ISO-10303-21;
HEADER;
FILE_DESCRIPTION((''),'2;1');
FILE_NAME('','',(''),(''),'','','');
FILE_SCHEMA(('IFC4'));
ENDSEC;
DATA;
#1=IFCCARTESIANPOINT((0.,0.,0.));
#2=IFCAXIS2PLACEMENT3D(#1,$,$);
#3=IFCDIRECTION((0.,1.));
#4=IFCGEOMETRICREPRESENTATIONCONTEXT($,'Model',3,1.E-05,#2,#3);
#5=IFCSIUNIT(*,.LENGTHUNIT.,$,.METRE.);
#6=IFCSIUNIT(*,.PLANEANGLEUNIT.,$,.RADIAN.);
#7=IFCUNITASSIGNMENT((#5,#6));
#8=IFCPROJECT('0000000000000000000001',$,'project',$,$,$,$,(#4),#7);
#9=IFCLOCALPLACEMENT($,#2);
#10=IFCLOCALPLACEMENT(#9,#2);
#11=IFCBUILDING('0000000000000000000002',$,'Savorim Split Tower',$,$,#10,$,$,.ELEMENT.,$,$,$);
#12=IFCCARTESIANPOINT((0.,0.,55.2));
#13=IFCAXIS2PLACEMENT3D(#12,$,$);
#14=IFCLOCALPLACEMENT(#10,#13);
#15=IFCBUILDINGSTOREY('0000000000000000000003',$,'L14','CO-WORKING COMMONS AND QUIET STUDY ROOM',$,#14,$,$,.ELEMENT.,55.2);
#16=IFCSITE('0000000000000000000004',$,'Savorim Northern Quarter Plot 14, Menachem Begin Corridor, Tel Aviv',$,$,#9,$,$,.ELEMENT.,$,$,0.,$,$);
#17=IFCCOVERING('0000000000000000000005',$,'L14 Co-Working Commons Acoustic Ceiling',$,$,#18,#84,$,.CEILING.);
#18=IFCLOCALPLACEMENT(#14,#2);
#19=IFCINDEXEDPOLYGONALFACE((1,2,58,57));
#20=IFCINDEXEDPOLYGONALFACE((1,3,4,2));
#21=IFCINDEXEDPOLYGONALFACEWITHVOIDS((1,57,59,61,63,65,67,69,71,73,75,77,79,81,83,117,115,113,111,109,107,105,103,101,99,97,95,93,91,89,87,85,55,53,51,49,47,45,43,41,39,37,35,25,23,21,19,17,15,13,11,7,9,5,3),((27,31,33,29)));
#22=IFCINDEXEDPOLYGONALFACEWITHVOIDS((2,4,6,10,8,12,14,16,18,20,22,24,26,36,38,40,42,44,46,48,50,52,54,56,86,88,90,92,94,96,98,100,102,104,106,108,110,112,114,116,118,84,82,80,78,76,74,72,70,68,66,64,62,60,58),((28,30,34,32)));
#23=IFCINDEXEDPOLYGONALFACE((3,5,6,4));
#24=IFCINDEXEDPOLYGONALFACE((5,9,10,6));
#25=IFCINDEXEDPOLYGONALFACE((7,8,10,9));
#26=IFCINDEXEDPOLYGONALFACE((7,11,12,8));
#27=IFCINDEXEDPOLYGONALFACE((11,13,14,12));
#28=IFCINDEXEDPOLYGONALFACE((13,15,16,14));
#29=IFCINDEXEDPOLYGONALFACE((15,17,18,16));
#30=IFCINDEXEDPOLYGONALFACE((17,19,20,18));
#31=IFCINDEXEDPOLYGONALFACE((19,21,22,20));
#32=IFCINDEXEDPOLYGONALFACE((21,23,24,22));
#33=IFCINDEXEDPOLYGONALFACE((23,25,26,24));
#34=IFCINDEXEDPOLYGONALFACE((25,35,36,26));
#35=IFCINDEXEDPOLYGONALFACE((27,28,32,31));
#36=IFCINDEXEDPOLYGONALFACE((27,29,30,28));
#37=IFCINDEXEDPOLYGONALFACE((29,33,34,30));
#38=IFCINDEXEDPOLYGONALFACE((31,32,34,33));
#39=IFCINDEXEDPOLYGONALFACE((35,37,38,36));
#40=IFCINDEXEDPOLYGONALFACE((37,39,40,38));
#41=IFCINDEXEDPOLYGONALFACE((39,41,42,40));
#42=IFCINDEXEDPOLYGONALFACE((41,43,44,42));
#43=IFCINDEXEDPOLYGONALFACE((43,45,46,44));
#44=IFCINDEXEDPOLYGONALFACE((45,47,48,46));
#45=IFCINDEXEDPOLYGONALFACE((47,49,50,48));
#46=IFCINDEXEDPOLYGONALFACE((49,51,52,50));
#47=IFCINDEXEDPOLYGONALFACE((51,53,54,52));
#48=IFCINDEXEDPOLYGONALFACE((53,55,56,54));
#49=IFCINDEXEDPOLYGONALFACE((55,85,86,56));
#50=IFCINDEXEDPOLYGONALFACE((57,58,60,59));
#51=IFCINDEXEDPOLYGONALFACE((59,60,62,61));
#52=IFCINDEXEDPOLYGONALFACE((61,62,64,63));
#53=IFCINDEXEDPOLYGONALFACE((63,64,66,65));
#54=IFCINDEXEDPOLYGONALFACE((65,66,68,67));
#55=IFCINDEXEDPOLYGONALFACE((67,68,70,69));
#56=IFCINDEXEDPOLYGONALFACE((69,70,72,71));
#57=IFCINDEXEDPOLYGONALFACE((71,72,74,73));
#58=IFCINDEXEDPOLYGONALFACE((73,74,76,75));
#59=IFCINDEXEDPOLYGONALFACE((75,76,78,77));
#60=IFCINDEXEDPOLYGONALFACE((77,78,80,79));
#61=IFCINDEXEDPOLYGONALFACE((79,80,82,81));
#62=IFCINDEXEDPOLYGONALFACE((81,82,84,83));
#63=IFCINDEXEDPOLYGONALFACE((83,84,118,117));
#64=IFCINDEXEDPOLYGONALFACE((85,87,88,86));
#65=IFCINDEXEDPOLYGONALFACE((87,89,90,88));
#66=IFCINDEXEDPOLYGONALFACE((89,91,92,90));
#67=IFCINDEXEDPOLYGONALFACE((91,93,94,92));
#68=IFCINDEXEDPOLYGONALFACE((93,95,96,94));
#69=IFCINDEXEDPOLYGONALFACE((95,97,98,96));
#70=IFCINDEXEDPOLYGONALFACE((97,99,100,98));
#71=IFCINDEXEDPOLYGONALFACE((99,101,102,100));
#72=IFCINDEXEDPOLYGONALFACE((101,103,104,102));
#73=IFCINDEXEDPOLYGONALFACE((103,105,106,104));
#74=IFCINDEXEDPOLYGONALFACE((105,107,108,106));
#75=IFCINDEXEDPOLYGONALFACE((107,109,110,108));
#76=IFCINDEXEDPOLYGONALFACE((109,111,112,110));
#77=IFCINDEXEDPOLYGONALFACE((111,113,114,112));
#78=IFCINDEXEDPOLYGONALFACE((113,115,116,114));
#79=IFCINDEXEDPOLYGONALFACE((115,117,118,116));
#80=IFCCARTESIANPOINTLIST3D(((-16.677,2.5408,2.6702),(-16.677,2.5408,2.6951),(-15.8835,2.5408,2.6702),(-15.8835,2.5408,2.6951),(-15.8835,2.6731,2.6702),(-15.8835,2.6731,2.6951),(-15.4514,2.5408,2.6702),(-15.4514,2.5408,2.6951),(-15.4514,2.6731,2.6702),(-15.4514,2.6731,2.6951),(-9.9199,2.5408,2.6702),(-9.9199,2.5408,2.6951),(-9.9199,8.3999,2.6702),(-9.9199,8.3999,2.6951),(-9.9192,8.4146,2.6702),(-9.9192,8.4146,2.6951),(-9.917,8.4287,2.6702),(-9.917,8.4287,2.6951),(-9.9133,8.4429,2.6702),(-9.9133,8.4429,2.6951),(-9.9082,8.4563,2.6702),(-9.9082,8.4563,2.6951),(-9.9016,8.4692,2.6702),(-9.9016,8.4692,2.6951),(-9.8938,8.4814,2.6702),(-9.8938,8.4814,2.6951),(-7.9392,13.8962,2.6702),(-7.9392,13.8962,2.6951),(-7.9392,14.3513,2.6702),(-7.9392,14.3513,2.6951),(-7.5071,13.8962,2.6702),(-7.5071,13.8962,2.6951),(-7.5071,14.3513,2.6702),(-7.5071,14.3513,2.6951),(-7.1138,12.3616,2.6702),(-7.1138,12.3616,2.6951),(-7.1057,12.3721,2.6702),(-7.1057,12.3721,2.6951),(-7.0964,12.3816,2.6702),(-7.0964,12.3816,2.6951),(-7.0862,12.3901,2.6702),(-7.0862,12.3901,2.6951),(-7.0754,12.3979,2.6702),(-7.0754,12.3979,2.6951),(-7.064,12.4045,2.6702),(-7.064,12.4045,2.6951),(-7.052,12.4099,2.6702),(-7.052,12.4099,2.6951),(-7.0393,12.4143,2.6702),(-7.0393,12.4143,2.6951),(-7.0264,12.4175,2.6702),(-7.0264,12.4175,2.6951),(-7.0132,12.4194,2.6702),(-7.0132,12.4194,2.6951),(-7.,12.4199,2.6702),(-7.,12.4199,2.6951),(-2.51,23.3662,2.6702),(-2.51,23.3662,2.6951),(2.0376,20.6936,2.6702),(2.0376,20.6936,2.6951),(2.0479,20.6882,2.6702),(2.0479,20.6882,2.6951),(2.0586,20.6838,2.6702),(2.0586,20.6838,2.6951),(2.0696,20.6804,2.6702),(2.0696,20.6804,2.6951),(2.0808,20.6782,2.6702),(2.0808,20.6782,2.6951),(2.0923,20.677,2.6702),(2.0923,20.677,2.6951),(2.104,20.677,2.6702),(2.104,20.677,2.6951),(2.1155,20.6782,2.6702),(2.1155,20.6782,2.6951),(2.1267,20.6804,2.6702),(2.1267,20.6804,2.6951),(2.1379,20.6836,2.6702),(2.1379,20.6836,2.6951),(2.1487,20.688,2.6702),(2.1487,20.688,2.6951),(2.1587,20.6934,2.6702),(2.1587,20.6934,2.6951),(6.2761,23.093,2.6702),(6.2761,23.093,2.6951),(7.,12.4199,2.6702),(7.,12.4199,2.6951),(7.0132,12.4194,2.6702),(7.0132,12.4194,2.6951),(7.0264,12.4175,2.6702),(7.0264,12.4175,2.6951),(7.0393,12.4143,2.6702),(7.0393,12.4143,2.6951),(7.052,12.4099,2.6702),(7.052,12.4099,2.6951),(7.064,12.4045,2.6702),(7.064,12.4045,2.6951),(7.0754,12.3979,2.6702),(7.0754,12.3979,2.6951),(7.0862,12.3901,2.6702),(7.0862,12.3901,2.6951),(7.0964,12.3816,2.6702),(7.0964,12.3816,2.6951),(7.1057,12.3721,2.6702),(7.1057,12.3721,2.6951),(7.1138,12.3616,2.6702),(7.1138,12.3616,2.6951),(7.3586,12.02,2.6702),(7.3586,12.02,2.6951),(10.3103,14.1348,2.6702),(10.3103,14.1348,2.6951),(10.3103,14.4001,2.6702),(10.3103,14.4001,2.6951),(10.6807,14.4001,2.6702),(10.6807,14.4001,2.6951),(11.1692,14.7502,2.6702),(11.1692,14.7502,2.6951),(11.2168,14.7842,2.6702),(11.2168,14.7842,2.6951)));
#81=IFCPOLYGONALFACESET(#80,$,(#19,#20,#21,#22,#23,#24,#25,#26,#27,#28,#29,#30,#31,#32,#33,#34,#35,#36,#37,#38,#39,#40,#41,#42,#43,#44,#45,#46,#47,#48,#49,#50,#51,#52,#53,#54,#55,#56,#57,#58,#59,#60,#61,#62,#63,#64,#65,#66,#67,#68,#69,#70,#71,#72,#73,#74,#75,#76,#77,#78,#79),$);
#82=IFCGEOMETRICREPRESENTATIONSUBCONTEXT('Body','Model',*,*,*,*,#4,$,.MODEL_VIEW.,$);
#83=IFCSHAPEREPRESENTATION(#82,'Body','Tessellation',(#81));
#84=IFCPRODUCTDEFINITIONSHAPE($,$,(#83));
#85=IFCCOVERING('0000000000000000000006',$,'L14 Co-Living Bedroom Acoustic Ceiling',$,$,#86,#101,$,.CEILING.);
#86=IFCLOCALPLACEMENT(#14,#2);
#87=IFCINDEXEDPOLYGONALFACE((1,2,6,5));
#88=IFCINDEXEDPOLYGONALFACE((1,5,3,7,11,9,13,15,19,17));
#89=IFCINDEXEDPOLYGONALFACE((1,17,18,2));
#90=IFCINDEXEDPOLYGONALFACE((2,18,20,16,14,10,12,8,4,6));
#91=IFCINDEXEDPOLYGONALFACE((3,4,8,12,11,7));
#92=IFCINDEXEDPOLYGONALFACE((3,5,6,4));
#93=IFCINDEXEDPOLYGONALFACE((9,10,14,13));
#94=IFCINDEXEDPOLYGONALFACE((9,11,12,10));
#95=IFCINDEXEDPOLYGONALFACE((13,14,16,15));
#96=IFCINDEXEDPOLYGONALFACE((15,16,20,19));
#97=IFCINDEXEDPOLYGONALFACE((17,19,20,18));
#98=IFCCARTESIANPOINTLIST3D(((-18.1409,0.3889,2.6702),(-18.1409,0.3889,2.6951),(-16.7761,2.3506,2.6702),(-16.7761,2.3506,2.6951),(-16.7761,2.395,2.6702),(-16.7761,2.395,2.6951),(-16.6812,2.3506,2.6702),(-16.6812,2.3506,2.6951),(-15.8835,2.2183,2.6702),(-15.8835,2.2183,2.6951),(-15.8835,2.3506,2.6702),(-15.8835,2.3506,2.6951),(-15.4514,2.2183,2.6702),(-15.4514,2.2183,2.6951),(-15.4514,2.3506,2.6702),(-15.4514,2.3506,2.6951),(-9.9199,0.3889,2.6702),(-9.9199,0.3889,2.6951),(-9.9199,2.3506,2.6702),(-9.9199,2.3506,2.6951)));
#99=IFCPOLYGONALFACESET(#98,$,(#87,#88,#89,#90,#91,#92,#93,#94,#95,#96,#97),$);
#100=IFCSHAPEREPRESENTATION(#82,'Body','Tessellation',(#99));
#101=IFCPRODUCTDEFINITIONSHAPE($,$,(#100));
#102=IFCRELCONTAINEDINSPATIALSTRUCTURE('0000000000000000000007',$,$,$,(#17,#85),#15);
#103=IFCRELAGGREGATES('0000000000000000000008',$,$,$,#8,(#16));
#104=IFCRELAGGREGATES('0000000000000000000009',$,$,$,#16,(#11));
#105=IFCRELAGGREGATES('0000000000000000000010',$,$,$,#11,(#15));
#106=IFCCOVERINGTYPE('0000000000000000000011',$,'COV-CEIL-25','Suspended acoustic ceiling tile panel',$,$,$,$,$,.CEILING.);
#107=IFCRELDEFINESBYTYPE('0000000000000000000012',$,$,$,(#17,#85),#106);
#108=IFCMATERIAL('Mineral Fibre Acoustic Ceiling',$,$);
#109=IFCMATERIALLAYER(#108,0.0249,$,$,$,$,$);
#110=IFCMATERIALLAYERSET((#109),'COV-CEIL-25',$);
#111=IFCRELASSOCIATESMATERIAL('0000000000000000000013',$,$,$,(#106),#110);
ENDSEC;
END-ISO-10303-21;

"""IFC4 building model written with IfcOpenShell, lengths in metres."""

from ifc_helpers import new_model, si_unit, direction, frame, origin, place, context, subcontext, project, spatial, polyline, outline, extrude, material, layer, layer_set, type_object, element, save


model = new_model("IFC4")

# Units and contexts
model_context = context("Model", 3, precision=1e-05, world=origin(), true_north=direction((0.0, 1.0)))
body_context = subcontext(model_context, "Body", "Model", "MODEL_VIEW")
ifc_project = project(units=[si_unit("LENGTHUNIT", "METRE"), si_unit("PLANEANGLEUNIT", "RADIAN")], contexts=[model_context])

# Site, building, storey
site_placement = place(None, origin())
site = spatial("IfcSite", under=ifc_project, at=site_placement, Name="Savorim Northern Quarter Plot 14, Menachem Begin Corridor, Tel Aviv", CompositionType="ELEMENT", RefElevation=0.0)
building_placement = place(site_placement, origin())
building = spatial("IfcBuilding", under=site, at=building_placement, Name="Savorim Split Tower", CompositionType="ELEMENT")
storey_placement = place(building_placement, frame((0.0, 0.0, 55.2)))
storey = spatial("IfcBuildingStorey", under=building, at=storey_placement, Name="L14", Description="CO-WORKING COMMONS AND QUIET STUDY ROOM", CompositionType="ELEMENT", Elevation=55.2)

# Coverings
ifc_material_1 = material(Name="Mineral Fibre Acoustic Ceiling")
ifc_layer_1 = layer(ifc_material_1, 0.0249)
ifc_layer_set_1 = layer_set([ifc_layer_1], Name="COV-CEIL-25")
covering_type_1 = type_object("IfcCoveringType", Name="COV-CEIL-25", Description="Suspended acoustic ceiling tile panel", PredefinedType="CEILING", material=ifc_layer_set_1)
covering_1_placement = place(storey_placement, frame((0.0, 0.0, 2.6702)))
element("IfcCovering", 1, at=covering_1_placement, inside=storey, type_object=covering_type_1, Name="L14 Co-Working Commons Acoustic Ceiling", PredefinedType="CEILING", context=body_context, shape_type="SweptSolid", body=[
    extrude(outline(polyline([(2.0586, 20.6838), (2.0479, 20.6882), (2.0376, 20.6936), (-2.51, 23.3662), (-16.677, 2.5408), (-15.8835, 2.5408), (-15.8835, 2.6731), (-15.4514, 2.6731), (-15.4514, 2.5408), (-9.9199, 2.5408), (-9.9199, 8.3999), (-9.9192, 8.4146), (-9.917, 8.4287), (-9.9133, 8.4429), (-9.9082, 8.4563), (-9.9016, 8.4692), (-9.8938, 8.4814), (-7.1138, 12.3616), (-7.1057, 12.3721), (-7.0964, 12.3816), (-7.0862, 12.3901), (-7.0754, 12.3979), (-7.064, 12.4045), (-7.052, 12.4099), (-7.0393, 12.4143), (-7.0264, 12.4175), (-7.0132, 12.4194), (-7.0, 12.4199), (7.0, 12.4199), (7.0132, 12.4194), (7.0264, 12.4175), (7.0393, 12.4143), (7.052, 12.4099), (7.064, 12.4045), (7.0754, 12.3979), (7.0862, 12.3901), (7.0964, 12.3816), (7.1057, 12.3721), (7.1138, 12.3616), (7.3586, 12.02), (10.3103, 14.1348), (10.3103, 14.4001), (10.6807, 14.4001), (11.1692, 14.7502), (11.2168, 14.7842), (6.2761, 23.093), (2.1587, 20.6934), (2.1487, 20.688), (2.1379, 20.6836), (2.1267, 20.6804), (2.1155, 20.6782), (2.104, 20.677), (2.0923, 20.677), (2.0808, 20.6782), (2.0696, 20.6804), (2.0586, 20.6838)]), holes=[polyline([(-7.5071, 14.3513), (-7.9392, 14.3513), (-7.9392, 13.8962), (-7.5071, 13.8962), (-7.5071, 14.3513)])]), origin(), (0.0, 0.0, 1.0), 0.0249),
])
covering_2_placement = place(storey_placement, frame((0.0, 0.0, 2.6702)))
element("IfcCovering", 2, at=covering_2_placement, inside=storey, type_object=covering_type_1, Name="L14 Co-Living Bedroom Acoustic Ceiling", PredefinedType="CEILING", context=body_context, shape_type="SweptSolid", body=[
    extrude(outline(polyline([(-15.8835, 2.3506), (-16.6812, 2.3506), (-16.7761, 2.3506), (-16.7761, 2.395), (-18.1409, 0.3889), (-9.9199, 0.3889), (-9.9199, 2.3506), (-15.4514, 2.3506), (-15.4514, 2.2183), (-15.8835, 2.2183), (-15.8835, 2.3506)])), origin(), (0.0, 0.0, 1.0), 0.0249),
])

save(model, "model.ifc")
